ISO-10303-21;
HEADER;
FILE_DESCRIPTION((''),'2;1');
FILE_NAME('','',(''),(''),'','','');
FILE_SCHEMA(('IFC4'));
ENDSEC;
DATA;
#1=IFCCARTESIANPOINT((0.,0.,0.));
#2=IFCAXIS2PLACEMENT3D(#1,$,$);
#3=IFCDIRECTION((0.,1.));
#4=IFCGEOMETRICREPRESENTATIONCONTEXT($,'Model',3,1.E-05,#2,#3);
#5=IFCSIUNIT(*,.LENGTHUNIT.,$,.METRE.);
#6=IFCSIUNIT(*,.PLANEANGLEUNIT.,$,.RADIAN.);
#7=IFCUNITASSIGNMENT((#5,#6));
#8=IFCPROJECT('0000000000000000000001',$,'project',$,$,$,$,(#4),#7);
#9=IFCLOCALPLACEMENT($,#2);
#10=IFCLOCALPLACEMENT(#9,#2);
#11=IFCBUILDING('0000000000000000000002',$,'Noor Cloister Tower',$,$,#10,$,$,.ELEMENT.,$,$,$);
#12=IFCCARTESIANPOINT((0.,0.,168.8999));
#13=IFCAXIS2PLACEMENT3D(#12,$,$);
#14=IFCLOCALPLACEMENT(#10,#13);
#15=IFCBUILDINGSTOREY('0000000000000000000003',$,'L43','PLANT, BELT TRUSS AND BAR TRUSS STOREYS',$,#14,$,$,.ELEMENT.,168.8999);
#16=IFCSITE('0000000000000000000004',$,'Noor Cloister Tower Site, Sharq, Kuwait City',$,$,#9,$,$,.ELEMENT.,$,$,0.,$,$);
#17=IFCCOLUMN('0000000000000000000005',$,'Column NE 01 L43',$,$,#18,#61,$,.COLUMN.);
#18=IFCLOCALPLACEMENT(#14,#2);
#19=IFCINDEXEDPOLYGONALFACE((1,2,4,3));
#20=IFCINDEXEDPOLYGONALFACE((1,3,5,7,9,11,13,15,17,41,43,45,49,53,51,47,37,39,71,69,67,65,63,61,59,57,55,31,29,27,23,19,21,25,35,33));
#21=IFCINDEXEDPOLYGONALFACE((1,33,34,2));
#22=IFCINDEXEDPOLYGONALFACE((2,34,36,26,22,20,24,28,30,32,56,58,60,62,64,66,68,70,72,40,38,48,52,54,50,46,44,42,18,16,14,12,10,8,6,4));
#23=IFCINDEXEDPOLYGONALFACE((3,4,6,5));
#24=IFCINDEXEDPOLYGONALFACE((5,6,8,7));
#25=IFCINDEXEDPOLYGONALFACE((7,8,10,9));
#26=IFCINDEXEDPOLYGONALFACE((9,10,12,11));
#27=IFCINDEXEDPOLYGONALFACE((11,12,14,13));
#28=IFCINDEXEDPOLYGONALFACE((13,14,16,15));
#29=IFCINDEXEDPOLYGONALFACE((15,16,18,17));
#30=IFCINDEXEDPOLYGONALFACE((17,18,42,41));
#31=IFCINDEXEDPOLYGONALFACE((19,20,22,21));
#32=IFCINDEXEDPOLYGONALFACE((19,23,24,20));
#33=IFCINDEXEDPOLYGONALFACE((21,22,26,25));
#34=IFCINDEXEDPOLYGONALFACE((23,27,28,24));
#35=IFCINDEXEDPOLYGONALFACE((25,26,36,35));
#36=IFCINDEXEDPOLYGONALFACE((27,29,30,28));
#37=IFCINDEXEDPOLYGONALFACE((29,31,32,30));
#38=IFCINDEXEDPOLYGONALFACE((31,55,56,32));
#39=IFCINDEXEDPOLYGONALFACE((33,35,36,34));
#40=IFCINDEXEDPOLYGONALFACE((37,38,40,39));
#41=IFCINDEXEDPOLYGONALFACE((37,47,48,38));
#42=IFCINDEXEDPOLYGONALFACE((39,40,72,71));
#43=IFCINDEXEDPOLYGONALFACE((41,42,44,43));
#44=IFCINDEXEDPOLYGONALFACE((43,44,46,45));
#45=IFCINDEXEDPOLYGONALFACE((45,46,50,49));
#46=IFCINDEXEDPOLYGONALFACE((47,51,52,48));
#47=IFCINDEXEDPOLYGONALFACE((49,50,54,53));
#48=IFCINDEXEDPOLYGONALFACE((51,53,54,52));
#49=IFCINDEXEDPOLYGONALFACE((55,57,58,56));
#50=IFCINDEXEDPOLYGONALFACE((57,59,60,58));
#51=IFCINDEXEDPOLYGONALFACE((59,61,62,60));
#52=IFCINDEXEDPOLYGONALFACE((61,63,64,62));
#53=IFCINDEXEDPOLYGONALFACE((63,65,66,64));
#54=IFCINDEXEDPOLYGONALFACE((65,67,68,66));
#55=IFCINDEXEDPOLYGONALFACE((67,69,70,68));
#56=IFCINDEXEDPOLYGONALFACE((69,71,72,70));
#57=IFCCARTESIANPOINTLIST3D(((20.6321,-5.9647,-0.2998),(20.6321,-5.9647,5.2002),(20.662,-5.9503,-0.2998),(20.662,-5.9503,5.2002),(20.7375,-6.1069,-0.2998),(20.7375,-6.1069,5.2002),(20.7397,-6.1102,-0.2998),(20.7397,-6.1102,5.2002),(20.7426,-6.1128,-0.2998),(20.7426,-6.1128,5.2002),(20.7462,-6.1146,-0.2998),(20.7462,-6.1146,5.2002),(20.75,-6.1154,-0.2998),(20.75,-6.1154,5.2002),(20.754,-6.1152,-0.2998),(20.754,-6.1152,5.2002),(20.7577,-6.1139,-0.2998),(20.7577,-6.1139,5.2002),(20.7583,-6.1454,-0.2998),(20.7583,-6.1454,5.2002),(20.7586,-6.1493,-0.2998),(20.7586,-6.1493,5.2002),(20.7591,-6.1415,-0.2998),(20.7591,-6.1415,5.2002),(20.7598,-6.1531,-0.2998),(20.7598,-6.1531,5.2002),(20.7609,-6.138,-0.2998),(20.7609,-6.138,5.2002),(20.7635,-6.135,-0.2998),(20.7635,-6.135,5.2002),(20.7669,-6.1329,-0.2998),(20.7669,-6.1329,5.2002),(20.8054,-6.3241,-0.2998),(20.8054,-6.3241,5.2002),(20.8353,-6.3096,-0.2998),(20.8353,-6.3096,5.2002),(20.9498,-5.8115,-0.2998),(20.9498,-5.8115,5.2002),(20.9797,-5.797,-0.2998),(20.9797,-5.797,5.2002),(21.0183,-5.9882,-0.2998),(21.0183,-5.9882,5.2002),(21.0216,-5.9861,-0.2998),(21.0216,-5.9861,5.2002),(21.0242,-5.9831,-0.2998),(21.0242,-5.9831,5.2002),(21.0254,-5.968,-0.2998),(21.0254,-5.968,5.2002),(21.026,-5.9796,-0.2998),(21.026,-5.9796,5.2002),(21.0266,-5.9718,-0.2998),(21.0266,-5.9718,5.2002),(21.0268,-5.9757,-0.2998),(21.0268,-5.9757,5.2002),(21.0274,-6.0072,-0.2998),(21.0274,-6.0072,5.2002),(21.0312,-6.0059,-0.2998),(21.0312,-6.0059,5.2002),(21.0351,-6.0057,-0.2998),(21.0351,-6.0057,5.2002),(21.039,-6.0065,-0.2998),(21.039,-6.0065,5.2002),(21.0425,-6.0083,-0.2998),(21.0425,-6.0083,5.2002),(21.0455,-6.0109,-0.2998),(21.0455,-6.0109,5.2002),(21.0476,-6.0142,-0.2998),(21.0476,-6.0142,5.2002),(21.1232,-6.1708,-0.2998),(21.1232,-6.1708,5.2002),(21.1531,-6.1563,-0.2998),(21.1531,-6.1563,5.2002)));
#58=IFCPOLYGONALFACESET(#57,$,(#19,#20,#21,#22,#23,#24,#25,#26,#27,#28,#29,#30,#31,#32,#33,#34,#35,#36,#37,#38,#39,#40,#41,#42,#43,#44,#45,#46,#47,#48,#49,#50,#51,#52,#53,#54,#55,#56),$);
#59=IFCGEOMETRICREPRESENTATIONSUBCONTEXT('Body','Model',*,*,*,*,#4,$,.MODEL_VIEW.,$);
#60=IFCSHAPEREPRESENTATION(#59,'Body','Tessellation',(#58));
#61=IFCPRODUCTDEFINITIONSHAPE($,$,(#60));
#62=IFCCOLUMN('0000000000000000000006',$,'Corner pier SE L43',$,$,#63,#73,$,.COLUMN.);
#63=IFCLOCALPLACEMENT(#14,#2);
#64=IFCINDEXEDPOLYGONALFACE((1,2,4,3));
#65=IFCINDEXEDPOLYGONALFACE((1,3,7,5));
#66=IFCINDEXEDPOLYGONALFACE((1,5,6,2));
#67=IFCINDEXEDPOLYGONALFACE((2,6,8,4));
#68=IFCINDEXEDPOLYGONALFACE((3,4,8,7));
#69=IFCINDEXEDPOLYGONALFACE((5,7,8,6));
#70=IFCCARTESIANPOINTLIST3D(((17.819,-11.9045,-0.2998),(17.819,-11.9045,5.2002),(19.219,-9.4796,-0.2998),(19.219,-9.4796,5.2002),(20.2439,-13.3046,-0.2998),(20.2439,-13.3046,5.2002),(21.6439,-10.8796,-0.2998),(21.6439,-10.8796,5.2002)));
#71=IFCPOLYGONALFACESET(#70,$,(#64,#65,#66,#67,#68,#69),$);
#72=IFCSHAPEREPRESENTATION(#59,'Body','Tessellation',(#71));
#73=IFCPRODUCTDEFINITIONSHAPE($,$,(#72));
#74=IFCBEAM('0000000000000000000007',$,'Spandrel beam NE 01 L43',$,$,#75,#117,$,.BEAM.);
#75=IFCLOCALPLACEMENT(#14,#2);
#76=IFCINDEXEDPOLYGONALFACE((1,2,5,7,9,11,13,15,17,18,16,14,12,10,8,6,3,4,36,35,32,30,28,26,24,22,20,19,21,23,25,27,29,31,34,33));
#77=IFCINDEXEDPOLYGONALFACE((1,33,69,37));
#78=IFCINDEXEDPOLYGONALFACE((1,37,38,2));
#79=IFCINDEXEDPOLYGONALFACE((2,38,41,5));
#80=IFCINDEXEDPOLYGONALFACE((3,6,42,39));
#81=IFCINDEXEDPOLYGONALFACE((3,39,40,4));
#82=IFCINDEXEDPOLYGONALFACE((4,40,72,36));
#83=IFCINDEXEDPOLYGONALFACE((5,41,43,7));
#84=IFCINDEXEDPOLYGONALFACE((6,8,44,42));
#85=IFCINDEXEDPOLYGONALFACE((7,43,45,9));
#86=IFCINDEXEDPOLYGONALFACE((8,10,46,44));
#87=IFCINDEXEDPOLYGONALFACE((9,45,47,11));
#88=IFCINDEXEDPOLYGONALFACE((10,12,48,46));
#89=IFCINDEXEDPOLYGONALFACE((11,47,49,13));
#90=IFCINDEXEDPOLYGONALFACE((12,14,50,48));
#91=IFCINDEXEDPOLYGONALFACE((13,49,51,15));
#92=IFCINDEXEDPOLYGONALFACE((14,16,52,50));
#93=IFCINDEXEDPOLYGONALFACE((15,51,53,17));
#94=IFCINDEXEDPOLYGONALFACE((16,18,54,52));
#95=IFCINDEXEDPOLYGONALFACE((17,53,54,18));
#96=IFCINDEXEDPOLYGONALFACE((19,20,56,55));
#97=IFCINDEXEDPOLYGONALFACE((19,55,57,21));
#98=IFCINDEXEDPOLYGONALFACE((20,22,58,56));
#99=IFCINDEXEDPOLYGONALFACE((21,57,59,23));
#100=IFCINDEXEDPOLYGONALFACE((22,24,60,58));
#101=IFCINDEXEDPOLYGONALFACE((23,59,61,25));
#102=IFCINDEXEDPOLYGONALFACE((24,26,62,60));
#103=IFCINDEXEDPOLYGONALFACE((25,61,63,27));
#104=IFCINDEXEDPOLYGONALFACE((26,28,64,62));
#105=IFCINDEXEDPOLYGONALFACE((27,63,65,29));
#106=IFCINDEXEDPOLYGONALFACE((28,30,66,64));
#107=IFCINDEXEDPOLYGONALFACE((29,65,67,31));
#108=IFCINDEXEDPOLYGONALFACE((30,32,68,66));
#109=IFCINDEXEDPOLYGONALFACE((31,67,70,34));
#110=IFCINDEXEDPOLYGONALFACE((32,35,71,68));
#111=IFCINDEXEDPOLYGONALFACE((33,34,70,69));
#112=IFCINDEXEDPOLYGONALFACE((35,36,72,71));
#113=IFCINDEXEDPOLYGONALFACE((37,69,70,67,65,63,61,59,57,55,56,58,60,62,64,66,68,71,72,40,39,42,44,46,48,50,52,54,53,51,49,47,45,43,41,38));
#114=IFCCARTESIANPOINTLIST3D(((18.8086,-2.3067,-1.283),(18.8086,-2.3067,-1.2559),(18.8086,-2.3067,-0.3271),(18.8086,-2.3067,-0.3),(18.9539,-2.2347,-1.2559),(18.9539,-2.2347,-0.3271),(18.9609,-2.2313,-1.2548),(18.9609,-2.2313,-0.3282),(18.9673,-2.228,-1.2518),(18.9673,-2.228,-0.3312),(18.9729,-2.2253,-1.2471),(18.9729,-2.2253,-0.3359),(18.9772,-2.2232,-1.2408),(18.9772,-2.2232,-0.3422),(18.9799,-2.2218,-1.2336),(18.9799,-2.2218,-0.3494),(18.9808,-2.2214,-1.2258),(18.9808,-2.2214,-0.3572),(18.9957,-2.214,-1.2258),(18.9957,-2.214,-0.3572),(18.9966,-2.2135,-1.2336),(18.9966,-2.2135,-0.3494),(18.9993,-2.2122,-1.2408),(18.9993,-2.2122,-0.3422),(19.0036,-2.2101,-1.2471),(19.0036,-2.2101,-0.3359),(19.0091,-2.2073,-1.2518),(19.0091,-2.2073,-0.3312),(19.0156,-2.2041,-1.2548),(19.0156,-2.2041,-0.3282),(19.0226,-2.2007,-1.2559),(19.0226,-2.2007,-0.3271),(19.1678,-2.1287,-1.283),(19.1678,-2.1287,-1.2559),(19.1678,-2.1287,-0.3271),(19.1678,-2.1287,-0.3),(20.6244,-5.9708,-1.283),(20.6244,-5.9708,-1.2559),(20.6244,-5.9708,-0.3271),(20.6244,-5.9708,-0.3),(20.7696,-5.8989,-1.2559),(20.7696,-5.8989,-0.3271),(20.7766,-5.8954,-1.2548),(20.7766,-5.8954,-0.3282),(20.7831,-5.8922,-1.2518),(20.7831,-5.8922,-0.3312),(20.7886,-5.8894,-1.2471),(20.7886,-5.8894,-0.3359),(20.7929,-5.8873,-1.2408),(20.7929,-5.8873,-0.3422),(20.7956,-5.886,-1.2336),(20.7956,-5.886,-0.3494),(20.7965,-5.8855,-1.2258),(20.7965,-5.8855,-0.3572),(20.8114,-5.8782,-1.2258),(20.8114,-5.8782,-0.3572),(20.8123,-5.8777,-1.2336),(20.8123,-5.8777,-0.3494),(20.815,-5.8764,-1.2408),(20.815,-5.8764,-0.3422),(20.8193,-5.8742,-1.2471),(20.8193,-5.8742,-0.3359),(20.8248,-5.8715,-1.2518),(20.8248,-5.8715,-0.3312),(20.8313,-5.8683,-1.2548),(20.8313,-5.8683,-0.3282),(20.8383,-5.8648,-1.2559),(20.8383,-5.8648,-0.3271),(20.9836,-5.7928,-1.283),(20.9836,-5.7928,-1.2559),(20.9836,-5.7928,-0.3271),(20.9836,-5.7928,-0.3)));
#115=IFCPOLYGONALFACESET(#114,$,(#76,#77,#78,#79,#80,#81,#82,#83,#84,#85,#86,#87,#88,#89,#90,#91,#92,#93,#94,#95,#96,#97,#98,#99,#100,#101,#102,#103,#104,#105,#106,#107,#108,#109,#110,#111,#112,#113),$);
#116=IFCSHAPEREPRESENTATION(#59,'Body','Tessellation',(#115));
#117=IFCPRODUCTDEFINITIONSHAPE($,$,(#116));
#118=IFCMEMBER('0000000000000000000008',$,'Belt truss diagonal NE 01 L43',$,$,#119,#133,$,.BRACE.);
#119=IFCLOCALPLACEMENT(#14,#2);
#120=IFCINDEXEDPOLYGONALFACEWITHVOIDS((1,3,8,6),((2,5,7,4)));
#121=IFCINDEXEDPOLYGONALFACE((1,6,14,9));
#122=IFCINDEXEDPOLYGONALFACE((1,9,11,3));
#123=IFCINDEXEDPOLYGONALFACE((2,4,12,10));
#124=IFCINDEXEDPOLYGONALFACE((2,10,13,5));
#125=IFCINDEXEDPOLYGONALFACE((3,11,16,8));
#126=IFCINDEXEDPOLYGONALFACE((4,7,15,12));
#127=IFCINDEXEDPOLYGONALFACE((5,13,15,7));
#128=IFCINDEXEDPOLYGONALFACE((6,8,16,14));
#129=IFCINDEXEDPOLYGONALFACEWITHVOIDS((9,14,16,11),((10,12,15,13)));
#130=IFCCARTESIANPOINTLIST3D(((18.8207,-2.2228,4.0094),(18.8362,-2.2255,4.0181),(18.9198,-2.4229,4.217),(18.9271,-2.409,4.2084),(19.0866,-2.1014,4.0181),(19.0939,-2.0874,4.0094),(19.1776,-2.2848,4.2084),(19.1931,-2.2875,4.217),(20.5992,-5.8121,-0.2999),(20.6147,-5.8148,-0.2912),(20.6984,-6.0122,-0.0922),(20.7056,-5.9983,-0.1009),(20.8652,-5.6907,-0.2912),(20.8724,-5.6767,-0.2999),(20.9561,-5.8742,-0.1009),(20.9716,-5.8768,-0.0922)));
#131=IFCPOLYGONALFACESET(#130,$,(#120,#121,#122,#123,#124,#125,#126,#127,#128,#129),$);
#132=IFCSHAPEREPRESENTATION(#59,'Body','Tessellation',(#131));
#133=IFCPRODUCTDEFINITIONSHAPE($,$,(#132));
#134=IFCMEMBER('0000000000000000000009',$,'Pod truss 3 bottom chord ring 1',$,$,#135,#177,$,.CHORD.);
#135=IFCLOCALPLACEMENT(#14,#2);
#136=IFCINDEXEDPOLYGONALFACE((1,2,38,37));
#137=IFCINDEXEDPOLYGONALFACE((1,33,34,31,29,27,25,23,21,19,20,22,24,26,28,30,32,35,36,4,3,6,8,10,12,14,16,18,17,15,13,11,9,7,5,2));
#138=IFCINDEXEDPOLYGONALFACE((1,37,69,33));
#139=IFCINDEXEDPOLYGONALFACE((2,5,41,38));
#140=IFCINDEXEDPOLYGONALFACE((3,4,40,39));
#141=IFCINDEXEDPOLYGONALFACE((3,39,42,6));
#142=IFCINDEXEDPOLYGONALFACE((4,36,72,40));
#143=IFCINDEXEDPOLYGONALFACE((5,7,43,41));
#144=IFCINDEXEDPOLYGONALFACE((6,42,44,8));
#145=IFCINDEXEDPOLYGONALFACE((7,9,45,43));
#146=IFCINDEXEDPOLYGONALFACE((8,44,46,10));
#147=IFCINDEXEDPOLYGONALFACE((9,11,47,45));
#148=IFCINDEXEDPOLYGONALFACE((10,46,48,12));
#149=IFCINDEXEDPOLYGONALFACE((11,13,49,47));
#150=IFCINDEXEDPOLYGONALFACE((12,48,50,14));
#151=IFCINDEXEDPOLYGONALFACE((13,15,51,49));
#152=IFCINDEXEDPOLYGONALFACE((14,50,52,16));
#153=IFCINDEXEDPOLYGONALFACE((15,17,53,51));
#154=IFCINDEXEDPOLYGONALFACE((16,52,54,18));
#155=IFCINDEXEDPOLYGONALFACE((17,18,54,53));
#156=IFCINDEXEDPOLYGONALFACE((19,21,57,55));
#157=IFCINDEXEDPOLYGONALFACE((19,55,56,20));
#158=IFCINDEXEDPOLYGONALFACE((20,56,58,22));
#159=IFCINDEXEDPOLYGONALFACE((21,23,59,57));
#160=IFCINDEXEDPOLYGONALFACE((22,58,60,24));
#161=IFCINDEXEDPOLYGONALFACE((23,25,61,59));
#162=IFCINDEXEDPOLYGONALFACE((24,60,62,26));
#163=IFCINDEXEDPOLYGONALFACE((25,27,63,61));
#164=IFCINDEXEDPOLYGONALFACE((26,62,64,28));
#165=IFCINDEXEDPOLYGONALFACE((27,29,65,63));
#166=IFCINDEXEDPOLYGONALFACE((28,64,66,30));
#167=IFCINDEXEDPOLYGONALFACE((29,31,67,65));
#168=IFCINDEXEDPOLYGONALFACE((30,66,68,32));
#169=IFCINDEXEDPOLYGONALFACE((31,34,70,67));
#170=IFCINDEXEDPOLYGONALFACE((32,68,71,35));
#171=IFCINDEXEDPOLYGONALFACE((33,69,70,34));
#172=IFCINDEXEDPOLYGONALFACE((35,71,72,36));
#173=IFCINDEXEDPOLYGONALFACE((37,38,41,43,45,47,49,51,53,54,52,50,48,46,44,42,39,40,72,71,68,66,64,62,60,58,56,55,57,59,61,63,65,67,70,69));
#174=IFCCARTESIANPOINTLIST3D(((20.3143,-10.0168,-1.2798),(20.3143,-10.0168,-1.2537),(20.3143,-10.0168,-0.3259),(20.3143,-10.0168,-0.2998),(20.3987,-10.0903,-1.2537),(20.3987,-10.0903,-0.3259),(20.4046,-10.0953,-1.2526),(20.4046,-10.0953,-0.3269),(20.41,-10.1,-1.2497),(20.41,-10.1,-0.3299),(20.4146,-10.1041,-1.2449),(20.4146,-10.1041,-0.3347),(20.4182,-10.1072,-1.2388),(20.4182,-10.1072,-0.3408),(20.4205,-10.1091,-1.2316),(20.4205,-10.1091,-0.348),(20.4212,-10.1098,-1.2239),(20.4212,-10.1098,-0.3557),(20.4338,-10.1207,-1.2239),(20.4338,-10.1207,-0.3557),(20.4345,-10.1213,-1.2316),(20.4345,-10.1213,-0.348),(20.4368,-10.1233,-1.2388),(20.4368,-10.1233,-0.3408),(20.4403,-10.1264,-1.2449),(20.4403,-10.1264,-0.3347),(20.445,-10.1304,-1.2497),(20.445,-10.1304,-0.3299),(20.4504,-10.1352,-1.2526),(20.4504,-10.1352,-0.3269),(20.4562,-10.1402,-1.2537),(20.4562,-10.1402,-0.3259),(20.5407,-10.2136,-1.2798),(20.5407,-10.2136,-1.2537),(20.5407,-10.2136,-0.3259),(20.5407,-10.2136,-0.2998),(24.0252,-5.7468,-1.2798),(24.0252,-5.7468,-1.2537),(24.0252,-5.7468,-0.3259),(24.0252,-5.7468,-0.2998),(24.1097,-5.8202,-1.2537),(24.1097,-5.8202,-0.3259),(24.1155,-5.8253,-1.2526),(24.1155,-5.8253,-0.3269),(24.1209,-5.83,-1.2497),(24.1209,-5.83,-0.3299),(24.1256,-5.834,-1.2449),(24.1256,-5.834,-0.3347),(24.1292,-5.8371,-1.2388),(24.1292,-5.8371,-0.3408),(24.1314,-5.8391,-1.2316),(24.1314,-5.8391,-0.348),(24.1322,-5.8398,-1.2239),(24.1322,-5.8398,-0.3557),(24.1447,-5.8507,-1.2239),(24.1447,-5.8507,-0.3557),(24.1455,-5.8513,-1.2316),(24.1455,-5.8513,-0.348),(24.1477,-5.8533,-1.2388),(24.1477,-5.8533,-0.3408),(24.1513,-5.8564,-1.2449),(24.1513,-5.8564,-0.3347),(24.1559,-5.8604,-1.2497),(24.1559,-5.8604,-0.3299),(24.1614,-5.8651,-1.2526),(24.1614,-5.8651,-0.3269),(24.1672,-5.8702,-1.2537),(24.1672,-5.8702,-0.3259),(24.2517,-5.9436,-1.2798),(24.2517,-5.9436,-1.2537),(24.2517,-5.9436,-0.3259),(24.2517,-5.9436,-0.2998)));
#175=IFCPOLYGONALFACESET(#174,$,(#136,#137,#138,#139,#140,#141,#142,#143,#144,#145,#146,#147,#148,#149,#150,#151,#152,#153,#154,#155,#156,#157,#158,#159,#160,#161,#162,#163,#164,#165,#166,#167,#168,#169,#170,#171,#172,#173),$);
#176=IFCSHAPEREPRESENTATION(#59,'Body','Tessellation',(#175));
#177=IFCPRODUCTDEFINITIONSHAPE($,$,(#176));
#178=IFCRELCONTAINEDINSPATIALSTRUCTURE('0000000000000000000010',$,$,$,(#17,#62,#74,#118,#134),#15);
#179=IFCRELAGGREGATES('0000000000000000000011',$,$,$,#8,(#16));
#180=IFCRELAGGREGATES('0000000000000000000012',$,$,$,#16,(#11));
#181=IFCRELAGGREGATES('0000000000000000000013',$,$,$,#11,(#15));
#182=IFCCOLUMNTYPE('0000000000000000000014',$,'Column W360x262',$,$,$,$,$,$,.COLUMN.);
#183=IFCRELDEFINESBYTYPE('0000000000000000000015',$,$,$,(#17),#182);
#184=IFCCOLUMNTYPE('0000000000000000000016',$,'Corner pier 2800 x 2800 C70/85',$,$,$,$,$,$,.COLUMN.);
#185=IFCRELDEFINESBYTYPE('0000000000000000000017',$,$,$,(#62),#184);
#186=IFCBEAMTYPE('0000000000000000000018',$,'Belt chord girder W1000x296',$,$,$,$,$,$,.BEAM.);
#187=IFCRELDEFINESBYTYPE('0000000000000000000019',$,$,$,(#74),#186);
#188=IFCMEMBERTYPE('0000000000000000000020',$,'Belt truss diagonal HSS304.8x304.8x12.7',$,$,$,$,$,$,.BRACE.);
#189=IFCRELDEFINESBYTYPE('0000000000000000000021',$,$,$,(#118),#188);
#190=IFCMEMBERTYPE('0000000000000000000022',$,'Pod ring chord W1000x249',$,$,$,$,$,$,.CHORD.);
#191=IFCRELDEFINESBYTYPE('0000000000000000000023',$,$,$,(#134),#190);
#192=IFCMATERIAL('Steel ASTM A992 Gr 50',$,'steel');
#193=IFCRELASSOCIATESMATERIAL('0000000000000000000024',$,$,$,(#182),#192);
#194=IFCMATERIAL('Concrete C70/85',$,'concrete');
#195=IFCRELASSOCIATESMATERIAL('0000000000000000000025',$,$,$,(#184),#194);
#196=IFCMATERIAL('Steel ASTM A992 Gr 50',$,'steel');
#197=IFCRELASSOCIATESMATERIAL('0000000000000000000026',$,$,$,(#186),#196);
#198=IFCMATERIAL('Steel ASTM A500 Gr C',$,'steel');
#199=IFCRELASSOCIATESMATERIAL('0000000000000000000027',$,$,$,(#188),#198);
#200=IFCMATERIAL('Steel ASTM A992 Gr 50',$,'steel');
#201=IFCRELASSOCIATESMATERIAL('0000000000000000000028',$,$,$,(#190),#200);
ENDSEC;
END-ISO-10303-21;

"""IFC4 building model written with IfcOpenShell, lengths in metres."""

from ifc_helpers import new_model, si_unit, direction, frame, origin, origin_2d, place, context, subcontext, project, spatial, rectangle, hollow_rectangle, i_section, extrude, material, material_profile, profile_set, type_object, element, save


model = new_model("IFC4")

# Units and contexts
model_context = context("Model", 3, precision=1e-05, world=origin(), true_north=direction((0.0, 1.0)))
body_context = subcontext(model_context, "Body", "Model", "MODEL_VIEW")
ifc_project = project(units=[si_unit("LENGTHUNIT", "METRE"), si_unit("PLANEANGLEUNIT", "RADIAN")], contexts=[model_context])

# Site, building, storey
site_placement = place(None, origin())
site = spatial("IfcSite", under=ifc_project, at=site_placement, Name="Noor Cloister Tower Site, Sharq, Kuwait City", CompositionType="ELEMENT", RefElevation=0.0)
building_placement = place(site_placement, origin())
building = spatial("IfcBuilding", under=site, at=building_placement, Name="Noor Cloister Tower", CompositionType="ELEMENT")
storey_placement = place(building_placement, frame((0.0, 0.0, 168.8999)))
storey = spatial("IfcBuildingStorey", under=building, at=storey_placement, Name="L43", Description="PLANT, BELT TRUSS AND BAR TRUSS STOREYS", CompositionType="ELEMENT", Elevation=168.8999)

# Columns
ifc_material_1 = material(Name="Steel ASTM A992 Gr 50", Category="steel")
ifc_material_profile_1 = material_profile(ifc_material_1, i_section(OverallWidth=0.3989, OverallDepth=0.386, WebThickness=0.021, FlangeThickness=0.0332, FilletRadius=0.0151, at=origin_2d()), Name="W360x262")
ifc_profile_set_1 = profile_set([ifc_material_profile_1], Name="Steel ASTM A992 Gr 50")
column_type_1 = type_object("IfcColumnType", Name="Column W360x262", PredefinedType="COLUMN", material=ifc_profile_set_1)
column_1_placement = place(storey_placement, frame((20.8926, -6.0605, -0.2998), z_axis=(0.0, 0.0, 1.0), x_axis=(-0.434482, 0.90068, 0.0)))
element("IfcColumn", 1, at=column_1_placement, inside=storey, type_object=column_type_1, Name="Column NE 01 L43", PredefinedType="COLUMN", context=body_context, shape_type="SweptSolid", body=[
    extrude(i_section(OverallWidth=0.3989, OverallDepth=0.386, WebThickness=0.021, FlangeThickness=0.0332, FilletRadius=0.0151, at=origin_2d()), origin(), (0.0, 0.0, 1.0), 5.5),
])
ifc_material_2 = material(Name="Concrete C70/85", Category="concrete")
ifc_material_profile_2 = material_profile(ifc_material_2, rectangle(XDim=2.8, YDim=2.8, at=origin_2d()), Name="RC 2800x2800")
ifc_profile_set_2 = profile_set([ifc_material_profile_2], Name="Concrete C70/85")
column_type_2 = type_object("IfcColumnType", Name="Corner pier 2800 x 2800 C70/85", PredefinedType="COLUMN", material=ifc_profile_set_2)
column_2_placement = place(storey_placement, frame((19.7314, -11.3921, -0.2998), z_axis=(0.0, 0.0, 1.0), x_axis=(0.866025, -0.5, 0.0)))
element("IfcColumn", 2, at=column_2_placement, inside=storey, type_object=column_type_2, Name="Corner pier SE L43", PredefinedType="COLUMN", context=body_context, shape_type="SweptSolid", body=[
    extrude(rectangle(XDim=2.8, YDim=2.8, at=origin_2d()), origin(), (0.0, 0.0, 1.0), 5.5),
])

# Beam
ifc_material_3 = material(Name="Steel ASTM A992 Gr 50", Category="steel")
ifc_material_profile_3 = material_profile(ifc_material_3, i_section(OverallWidth=0.4009, OverallDepth=0.9829, WebThickness=0.0166, FlangeThickness=0.0271, FilletRadius=0.03, at=origin_2d()), Name="W1000x296")
ifc_profile_set_3 = profile_set([ifc_material_profile_3], Name="Steel ASTM A992 Gr 50")
beam_type = type_object("IfcBeamType", Name="Belt chord girder W1000x296", PredefinedType="BEAM", material=ifc_profile_set_3)
beam_placement = place(storey_placement, frame((20.804, -5.8818, -0.7915), z_axis=(-0.444011, 0.896022, 0.0), x_axis=(-0.896022, -0.444011, 0.0)))
element("IfcBeam", 3, at=beam_placement, inside=storey, type_object=beam_type, Name="Spandrel beam NE 01 L43", PredefinedType="BEAM", context=body_context, shape_type="SweptSolid", body=[
    extrude(i_section(OverallWidth=0.4009, OverallDepth=0.9829, WebThickness=0.0166, FlangeThickness=0.0271, FilletRadius=0.03, at=origin_2d()), origin(), (0.0, 0.0, 1.0), 4.0894),
])

# Members
ifc_material_4 = material(Name="Steel ASTM A500 Gr C", Category="steel")
ifc_material_profile_4 = material_profile(ifc_material_4, hollow_rectangle(XDim=0.3049, YDim=0.3049, WallThickness=0.0127, at=origin_2d()), Name="HSS304.8x304.8x12.7")
ifc_profile_set_4 = profile_set([ifc_material_profile_4], Name="Steel ASTM A500 Gr C")
member_type_1 = type_object("IfcMemberType", Name="Belt truss diagonal HSS304.8x304.8x12.7", PredefinedType="BRACE", material=ifc_profile_set_4)
member_1_placement = place(storey_placement, frame((20.7854, -5.8445, -0.196), z_axis=(-0.302291, 0.610058, 0.732427), x_axis=(-0.89603, -0.443993, 0.0)))
element("IfcMember", 4, at=member_1_placement, inside=storey, type_object=member_type_1, Name="Belt truss diagonal NE 01 L43", PredefinedType="BRACE", context=body_context, shape_type="SweptSolid", body=[
    extrude(hollow_rectangle(XDim=0.3049, YDim=0.3049, WallThickness=0.0127, at=origin_2d()), origin(), (0.0, 0.0, 1.0), 5.8835),
])
ifc_material_5 = material(Name="Steel ASTM A992 Gr 50", Category="steel")
ifc_material_profile_5 = material_profile(ifc_material_5, i_section(OverallWidth=0.3, OverallDepth=0.98, WebThickness=0.0166, FlangeThickness=0.0261, FilletRadius=0.0298, at=origin_2d()), Name="W1000x249")
ifc_profile_set_5 = profile_set([ifc_material_profile_5], Name="Steel ASTM A992 Gr 50")
member_type_2 = type_object("IfcMemberType", Name="Pod ring chord W1000x249", PredefinedType="CHORD", material=ifc_profile_set_5)
member_2_placement = place(storey_placement, frame((20.4275, -10.1152, -0.7898), z_axis=(0.655965, 0.754791, 0.0), x_axis=(-0.754791, 0.655965, 0.0)))
element("IfcMember", 5, at=member_2_placement, inside=storey, type_object=member_type_2, Name="Pod truss 3 bottom chord ring 1", PredefinedType="CHORD", context=body_context, shape_type="SweptSolid", body=[
    extrude(i_section(OverallWidth=0.3, OverallDepth=0.98, WebThickness=0.0166, FlangeThickness=0.0261, FilletRadius=0.0298, at=origin_2d()), origin(), (0.0, 0.0, 1.0), 5.6572),
])

save(model, "model.ifc")
